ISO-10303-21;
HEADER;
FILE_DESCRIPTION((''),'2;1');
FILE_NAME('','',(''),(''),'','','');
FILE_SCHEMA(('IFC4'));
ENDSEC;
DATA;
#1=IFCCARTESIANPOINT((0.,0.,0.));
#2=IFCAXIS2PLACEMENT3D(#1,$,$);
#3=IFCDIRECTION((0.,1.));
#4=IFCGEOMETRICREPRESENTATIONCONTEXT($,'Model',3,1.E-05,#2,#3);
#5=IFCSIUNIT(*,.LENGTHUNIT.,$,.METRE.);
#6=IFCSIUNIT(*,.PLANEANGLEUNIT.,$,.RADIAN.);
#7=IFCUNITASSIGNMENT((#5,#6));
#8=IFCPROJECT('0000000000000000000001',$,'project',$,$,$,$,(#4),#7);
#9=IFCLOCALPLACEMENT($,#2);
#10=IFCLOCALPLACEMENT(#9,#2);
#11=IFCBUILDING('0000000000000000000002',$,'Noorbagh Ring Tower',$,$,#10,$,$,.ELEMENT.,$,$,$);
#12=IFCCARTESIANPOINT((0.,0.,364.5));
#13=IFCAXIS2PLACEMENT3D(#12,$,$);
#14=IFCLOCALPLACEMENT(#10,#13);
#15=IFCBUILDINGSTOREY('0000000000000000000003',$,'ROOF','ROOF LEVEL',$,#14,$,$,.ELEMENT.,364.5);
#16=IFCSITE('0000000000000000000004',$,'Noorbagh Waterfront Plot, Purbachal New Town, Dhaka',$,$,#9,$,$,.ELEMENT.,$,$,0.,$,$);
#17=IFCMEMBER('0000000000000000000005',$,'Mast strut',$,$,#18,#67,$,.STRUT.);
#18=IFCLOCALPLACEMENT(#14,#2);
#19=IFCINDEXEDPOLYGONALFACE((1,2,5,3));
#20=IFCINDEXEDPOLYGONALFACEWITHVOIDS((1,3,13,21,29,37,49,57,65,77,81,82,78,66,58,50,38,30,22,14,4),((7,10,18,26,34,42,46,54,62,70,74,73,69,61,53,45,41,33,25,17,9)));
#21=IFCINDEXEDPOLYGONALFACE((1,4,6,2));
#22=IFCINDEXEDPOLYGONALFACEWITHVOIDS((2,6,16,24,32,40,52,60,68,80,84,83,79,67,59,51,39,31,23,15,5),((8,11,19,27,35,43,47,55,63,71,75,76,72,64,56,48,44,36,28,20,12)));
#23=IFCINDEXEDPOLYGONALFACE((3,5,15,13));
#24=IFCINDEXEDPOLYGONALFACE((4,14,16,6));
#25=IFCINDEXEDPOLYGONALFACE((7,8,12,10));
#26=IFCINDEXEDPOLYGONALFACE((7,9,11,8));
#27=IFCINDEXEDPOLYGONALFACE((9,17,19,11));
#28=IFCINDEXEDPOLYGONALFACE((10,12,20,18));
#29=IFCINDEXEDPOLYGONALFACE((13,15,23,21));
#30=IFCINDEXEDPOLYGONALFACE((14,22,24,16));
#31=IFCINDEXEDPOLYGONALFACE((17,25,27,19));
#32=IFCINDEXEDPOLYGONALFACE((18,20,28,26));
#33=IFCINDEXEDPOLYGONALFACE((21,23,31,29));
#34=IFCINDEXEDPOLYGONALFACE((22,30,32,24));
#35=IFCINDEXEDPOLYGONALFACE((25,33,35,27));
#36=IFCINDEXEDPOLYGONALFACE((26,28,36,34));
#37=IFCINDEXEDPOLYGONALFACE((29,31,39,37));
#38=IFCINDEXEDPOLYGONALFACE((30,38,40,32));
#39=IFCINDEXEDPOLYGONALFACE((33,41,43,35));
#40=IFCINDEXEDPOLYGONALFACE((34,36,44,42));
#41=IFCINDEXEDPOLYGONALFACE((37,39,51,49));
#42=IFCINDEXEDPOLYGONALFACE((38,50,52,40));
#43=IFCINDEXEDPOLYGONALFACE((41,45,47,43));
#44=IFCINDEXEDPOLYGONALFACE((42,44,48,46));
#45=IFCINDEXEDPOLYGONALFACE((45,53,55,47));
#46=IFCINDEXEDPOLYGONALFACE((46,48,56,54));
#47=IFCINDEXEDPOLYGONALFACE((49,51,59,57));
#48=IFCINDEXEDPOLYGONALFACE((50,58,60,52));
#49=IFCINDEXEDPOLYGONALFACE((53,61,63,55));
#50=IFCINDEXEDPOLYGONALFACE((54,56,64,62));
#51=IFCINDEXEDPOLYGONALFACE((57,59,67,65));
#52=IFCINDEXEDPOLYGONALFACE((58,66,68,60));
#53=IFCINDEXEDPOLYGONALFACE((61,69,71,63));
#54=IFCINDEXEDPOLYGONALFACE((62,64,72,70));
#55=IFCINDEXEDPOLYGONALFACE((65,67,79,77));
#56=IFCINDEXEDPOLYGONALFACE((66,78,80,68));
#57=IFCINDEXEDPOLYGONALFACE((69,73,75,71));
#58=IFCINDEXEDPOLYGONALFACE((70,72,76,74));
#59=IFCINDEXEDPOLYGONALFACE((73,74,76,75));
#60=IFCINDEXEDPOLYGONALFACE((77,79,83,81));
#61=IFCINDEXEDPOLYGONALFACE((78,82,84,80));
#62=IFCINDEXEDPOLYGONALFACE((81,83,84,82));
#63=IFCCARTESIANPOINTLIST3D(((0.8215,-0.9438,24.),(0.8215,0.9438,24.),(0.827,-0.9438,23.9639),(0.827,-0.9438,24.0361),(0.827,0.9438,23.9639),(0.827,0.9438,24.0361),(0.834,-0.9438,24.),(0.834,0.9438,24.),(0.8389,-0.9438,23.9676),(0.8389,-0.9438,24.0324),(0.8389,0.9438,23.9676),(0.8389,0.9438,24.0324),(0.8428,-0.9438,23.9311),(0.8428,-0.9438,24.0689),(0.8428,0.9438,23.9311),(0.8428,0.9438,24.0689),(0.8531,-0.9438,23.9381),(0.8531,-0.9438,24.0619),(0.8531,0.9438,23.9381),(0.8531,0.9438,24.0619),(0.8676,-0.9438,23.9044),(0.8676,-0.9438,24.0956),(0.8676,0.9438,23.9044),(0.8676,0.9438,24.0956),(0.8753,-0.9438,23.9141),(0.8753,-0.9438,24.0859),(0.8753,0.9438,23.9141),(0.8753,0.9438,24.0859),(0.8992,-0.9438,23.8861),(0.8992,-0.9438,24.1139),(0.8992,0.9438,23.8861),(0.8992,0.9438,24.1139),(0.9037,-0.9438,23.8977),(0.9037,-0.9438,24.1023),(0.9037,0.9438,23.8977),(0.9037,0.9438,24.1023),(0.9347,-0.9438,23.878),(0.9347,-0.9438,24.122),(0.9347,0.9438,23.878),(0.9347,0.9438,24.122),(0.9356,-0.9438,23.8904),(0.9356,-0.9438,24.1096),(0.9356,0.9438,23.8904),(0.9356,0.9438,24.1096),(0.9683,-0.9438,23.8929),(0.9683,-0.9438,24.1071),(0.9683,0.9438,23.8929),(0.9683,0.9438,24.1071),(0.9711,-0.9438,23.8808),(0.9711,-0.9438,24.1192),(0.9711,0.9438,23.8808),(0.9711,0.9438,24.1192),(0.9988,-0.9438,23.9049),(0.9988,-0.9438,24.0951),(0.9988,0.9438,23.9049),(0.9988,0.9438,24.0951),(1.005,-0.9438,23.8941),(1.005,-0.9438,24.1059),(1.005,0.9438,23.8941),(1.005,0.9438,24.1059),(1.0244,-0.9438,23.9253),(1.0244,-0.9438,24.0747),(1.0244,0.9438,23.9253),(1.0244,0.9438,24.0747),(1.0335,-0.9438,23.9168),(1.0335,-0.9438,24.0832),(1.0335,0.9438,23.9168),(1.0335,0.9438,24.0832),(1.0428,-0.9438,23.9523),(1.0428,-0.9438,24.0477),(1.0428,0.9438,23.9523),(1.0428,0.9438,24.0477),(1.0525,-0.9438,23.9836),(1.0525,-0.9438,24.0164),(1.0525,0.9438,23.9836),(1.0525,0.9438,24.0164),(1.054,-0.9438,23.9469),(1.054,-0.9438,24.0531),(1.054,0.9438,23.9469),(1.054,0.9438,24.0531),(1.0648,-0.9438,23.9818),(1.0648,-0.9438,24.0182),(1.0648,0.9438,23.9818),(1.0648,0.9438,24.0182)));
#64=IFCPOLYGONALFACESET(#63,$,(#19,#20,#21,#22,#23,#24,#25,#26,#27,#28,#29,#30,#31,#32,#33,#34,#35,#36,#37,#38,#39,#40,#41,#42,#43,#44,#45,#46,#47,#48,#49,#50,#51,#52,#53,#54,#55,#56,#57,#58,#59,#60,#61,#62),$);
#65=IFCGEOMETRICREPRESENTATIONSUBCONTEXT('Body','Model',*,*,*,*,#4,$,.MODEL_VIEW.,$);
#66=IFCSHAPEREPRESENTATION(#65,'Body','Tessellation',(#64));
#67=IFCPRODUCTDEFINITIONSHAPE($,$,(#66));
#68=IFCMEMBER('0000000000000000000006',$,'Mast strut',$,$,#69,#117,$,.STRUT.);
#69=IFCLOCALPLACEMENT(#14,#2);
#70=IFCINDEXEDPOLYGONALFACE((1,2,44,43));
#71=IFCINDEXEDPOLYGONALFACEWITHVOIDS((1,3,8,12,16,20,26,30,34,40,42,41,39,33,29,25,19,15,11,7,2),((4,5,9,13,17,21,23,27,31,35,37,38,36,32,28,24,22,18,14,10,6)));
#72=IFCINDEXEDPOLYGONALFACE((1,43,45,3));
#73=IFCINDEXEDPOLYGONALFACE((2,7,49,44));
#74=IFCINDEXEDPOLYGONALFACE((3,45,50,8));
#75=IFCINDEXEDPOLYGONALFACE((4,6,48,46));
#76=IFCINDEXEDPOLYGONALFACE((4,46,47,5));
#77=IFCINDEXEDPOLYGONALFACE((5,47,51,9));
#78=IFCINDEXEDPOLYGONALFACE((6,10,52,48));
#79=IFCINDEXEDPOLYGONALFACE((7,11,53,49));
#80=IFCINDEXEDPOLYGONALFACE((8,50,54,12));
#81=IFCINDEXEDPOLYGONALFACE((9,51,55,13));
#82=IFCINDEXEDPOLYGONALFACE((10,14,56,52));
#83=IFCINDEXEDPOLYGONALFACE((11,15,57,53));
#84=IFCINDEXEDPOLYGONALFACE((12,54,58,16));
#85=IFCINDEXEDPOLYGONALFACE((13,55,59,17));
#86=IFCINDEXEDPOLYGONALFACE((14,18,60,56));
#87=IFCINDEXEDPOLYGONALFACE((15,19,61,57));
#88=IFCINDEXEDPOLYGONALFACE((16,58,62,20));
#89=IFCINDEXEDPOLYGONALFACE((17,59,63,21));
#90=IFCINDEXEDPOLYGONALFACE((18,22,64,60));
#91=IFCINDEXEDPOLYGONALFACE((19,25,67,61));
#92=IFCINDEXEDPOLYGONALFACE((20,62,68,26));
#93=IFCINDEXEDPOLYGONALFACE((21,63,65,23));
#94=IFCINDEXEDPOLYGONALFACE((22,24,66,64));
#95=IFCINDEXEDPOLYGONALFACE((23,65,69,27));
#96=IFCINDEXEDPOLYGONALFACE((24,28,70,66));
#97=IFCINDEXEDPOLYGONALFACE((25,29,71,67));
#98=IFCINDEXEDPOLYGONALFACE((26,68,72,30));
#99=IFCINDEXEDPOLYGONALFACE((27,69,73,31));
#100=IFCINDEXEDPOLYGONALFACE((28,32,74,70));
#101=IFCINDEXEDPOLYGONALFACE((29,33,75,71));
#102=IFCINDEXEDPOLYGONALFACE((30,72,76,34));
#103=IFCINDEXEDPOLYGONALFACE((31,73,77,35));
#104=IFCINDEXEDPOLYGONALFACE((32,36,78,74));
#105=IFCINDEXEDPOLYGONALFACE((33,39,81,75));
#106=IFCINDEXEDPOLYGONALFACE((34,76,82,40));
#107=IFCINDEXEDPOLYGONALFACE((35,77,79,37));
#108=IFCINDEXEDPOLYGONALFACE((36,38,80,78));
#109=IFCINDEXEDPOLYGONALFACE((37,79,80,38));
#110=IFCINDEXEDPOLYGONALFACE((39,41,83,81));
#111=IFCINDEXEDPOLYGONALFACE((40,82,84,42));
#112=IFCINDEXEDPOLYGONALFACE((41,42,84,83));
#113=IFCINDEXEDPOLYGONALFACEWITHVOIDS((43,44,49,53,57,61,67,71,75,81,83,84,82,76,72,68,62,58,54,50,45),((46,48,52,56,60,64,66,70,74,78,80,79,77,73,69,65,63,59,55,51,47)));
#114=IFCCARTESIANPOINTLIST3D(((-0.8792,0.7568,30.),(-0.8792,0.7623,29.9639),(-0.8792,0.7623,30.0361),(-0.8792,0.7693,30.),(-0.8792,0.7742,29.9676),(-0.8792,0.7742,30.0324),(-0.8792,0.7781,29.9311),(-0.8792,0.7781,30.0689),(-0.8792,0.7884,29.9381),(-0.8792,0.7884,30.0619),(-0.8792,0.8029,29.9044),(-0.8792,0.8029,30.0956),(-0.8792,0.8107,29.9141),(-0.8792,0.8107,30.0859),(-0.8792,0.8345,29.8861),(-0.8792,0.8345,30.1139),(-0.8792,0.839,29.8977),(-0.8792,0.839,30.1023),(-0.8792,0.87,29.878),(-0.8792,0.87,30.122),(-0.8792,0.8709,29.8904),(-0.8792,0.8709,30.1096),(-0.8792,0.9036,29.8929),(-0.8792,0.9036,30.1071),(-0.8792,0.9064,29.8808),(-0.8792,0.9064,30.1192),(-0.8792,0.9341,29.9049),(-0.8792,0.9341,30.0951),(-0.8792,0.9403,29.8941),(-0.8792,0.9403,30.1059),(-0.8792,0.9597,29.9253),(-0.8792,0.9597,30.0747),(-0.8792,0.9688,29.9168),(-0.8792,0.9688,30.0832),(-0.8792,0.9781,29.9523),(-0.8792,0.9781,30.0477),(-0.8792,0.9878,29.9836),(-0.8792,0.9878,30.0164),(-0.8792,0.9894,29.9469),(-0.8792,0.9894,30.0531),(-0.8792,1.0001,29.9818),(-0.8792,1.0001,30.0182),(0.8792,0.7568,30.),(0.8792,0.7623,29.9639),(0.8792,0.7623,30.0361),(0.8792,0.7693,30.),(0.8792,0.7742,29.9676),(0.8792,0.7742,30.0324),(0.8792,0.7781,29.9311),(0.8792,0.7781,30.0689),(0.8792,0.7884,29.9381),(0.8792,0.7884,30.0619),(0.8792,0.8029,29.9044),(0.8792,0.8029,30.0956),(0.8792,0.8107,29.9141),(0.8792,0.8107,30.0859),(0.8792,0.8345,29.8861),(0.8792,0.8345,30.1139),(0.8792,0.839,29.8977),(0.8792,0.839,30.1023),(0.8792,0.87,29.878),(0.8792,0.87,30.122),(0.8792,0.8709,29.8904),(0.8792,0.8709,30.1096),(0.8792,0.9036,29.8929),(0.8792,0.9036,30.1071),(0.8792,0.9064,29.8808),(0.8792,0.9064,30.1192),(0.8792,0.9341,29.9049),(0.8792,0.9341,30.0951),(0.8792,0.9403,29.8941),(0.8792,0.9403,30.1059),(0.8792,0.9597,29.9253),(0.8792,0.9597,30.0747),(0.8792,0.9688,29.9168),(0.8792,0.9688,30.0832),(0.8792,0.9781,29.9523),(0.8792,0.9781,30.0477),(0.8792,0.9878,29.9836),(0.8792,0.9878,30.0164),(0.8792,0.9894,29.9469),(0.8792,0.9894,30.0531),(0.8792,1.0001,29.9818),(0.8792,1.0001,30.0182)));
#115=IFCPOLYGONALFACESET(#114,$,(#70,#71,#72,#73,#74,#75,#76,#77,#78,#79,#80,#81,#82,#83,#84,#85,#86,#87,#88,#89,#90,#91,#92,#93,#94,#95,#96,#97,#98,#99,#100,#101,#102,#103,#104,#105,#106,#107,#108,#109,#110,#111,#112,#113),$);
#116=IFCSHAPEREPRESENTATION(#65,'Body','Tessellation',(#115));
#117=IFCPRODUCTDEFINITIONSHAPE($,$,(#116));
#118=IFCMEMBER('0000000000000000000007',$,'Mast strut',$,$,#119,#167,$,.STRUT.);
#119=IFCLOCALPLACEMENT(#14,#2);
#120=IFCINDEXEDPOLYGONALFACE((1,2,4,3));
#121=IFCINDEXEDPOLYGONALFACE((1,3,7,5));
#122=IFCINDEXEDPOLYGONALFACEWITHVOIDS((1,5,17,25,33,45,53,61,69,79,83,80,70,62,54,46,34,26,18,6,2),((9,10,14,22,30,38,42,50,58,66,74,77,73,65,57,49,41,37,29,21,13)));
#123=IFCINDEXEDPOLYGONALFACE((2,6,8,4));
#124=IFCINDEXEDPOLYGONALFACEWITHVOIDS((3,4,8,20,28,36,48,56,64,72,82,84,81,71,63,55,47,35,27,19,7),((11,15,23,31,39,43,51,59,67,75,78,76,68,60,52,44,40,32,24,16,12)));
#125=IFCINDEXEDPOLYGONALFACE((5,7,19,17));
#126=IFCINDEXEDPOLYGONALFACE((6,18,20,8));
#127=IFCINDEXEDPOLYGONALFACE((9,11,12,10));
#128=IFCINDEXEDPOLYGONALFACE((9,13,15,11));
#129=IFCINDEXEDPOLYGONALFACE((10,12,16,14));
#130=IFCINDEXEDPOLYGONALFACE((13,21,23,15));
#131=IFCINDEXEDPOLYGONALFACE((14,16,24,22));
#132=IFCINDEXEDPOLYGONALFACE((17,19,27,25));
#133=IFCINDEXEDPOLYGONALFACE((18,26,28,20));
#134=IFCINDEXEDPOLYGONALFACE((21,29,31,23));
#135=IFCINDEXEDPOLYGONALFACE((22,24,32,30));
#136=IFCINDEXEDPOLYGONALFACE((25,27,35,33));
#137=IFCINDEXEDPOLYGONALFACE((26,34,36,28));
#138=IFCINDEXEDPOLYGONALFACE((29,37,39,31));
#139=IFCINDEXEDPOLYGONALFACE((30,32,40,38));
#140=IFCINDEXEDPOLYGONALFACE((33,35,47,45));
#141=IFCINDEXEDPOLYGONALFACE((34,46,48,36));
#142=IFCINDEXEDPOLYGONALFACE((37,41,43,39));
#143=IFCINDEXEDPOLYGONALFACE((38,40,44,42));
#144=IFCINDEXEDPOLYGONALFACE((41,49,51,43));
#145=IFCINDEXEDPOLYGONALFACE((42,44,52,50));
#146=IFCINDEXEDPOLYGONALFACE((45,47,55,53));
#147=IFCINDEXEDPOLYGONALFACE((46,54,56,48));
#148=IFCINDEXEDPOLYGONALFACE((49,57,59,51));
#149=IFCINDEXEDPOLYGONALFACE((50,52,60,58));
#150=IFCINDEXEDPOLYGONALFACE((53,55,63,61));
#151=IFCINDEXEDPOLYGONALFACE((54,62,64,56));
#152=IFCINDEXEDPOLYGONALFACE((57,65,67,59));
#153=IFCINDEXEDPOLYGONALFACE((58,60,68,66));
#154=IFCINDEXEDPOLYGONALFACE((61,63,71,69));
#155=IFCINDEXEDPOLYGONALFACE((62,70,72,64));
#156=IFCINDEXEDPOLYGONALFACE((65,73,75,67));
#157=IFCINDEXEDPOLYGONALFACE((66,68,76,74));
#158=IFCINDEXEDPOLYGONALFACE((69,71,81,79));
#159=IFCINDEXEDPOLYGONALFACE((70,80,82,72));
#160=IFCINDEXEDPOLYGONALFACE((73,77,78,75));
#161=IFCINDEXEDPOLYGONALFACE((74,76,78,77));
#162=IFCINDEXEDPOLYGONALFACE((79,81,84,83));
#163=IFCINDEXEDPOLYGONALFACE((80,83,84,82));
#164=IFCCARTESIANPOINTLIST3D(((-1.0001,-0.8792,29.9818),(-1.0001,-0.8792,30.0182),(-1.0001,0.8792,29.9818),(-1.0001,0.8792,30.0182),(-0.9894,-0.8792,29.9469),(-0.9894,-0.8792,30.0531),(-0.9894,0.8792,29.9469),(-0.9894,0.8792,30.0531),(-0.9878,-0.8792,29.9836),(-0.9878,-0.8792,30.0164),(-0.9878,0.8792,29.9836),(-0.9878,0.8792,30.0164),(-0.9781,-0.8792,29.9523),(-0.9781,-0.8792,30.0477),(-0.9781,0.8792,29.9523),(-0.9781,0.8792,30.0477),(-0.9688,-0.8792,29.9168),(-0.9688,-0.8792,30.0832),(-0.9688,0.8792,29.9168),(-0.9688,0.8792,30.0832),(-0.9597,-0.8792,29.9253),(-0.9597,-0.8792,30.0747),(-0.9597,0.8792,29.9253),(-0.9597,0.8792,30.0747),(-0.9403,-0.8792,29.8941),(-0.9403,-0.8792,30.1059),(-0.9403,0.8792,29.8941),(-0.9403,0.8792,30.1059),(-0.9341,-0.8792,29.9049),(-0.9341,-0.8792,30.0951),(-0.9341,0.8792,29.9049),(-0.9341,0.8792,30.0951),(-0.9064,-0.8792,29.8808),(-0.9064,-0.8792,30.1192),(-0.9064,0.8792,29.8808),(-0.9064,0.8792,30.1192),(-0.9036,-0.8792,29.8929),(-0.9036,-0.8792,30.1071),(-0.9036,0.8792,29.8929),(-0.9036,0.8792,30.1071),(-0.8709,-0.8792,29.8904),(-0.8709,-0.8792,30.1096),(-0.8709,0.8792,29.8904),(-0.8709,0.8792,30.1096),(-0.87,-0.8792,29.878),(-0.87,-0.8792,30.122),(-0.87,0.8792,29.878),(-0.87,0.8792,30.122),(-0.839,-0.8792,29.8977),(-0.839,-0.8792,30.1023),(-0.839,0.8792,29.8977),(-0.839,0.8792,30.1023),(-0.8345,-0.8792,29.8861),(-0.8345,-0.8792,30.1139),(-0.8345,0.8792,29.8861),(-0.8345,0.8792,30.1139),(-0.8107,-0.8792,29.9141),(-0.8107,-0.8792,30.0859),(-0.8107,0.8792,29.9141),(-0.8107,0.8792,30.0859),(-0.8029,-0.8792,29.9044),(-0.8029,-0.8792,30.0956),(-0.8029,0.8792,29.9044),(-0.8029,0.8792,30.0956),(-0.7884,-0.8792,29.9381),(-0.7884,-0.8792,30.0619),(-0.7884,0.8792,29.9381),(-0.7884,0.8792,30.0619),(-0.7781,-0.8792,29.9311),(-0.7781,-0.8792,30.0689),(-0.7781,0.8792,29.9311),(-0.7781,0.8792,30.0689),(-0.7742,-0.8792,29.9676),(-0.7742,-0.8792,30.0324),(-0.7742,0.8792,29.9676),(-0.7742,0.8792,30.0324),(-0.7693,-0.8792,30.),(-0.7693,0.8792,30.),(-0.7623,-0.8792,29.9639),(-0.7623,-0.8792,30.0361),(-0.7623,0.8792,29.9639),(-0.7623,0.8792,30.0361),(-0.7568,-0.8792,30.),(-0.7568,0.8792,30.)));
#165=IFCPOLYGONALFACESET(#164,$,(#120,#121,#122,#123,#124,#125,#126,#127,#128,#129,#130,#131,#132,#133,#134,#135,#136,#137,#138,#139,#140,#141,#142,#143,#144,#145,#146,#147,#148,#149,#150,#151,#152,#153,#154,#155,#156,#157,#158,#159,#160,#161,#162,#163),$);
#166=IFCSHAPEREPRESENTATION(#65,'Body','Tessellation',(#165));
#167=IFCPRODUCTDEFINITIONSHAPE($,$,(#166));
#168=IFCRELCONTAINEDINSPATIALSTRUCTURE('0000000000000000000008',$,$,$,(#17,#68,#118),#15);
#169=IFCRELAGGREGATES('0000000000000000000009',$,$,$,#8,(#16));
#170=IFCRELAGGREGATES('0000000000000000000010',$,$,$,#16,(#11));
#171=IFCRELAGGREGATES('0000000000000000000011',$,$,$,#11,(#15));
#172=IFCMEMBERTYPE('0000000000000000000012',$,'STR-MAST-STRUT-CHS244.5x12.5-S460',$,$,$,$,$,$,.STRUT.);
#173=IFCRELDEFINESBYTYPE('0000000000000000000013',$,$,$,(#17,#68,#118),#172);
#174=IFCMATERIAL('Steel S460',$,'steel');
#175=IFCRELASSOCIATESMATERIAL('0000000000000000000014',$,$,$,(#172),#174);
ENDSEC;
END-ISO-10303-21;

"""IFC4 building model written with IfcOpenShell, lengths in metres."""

from ifc_helpers import new_model, si_unit, direction, frame, origin, origin_2d, place, context, subcontext, project, spatial, hollow_circle, extrude, material, material_profile, profile_set, type_object, element, save


model = new_model("IFC4")

# Units and contexts
model_context = context("Model", 3, precision=1e-05, world=origin(), true_north=direction((0.0, 1.0)))
body_context = subcontext(model_context, "Body", "Model", "MODEL_VIEW")
ifc_project = project(units=[si_unit("LENGTHUNIT", "METRE"), si_unit("PLANEANGLEUNIT", "RADIAN")], contexts=[model_context])

# Site, building, storey
site_placement = place(None, origin())
site = spatial("IfcSite", under=ifc_project, at=site_placement, Name="Noorbagh Waterfront Plot, Purbachal New Town, Dhaka", CompositionType="ELEMENT", RefElevation=0.0)
building_placement = place(site_placement, origin())
building = spatial("IfcBuilding", under=site, at=building_placement, Name="Noorbagh Ring Tower", CompositionType="ELEMENT")
storey_placement = place(building_placement, frame((0.0, 0.0, 364.5)))
storey = spatial("IfcBuildingStorey", under=building, at=storey_placement, Name="ROOF", Description="ROOF LEVEL", CompositionType="ELEMENT", Elevation=364.5)

# Members
ifc_material_1 = material(Name="Steel S460", Category="steel")
ifc_material_profile_1 = material_profile(ifc_material_1, hollow_circle(Radius=0.1223, WallThickness=0.0125, at=origin_2d()), Name="CHS244.5x12.5")
ifc_profile_set_1 = profile_set([ifc_material_profile_1], Name="Steel S460")
member_type_1 = type_object("IfcMemberType", Name="STR-MAST-STRUT-CHS244.5x12.5-S460", PredefinedType="STRUT", material=ifc_profile_set_1)
for number, where, z_axis, x_axis, name in (
    (1, (0.9438, -0.9438, 24.0), (0.0, 1.0, 0.0), (-1.0, 0.0, 0.0), "Mast strut"),
):
    element("IfcMember", number, at=place(storey_placement, frame(where, z_axis=z_axis, x_axis=x_axis)), inside=storey, type_object=member_type_1, Name=name, PredefinedType="STRUT", context=body_context, shape_type="SweptSolid", body=[
        extrude(hollow_circle(Radius=0.1223, WallThickness=0.0125, at=origin_2d()), origin(), (0.0, 0.0, 1.0), 1.8877),
    ])
for number, where, z_axis, x_axis, name in (
    (2, (0.8792, 0.8792, 30.0), (-1.0, 0.0, 0.0), (0.0, -1.0, 0.0), "Mast strut"),
    (3, (-0.8792, 0.8792, 30.0), (0.0, -1.0, 0.0), (1.0, 0.0, 0.0), "Mast strut"),
):
    element("IfcMember", number, at=place(storey_placement, frame(where, z_axis=z_axis, x_axis=x_axis)), inside=storey, type_object=member_type_1, Name=name, PredefinedType="STRUT", context=body_context, shape_type="SweptSolid", body=[
        extrude(hollow_circle(Radius=0.1223, WallThickness=0.0125, at=origin_2d()), origin(), (0.0, 0.0, 1.0), 1.7583),
    ])

save(model, "model.ifc")
